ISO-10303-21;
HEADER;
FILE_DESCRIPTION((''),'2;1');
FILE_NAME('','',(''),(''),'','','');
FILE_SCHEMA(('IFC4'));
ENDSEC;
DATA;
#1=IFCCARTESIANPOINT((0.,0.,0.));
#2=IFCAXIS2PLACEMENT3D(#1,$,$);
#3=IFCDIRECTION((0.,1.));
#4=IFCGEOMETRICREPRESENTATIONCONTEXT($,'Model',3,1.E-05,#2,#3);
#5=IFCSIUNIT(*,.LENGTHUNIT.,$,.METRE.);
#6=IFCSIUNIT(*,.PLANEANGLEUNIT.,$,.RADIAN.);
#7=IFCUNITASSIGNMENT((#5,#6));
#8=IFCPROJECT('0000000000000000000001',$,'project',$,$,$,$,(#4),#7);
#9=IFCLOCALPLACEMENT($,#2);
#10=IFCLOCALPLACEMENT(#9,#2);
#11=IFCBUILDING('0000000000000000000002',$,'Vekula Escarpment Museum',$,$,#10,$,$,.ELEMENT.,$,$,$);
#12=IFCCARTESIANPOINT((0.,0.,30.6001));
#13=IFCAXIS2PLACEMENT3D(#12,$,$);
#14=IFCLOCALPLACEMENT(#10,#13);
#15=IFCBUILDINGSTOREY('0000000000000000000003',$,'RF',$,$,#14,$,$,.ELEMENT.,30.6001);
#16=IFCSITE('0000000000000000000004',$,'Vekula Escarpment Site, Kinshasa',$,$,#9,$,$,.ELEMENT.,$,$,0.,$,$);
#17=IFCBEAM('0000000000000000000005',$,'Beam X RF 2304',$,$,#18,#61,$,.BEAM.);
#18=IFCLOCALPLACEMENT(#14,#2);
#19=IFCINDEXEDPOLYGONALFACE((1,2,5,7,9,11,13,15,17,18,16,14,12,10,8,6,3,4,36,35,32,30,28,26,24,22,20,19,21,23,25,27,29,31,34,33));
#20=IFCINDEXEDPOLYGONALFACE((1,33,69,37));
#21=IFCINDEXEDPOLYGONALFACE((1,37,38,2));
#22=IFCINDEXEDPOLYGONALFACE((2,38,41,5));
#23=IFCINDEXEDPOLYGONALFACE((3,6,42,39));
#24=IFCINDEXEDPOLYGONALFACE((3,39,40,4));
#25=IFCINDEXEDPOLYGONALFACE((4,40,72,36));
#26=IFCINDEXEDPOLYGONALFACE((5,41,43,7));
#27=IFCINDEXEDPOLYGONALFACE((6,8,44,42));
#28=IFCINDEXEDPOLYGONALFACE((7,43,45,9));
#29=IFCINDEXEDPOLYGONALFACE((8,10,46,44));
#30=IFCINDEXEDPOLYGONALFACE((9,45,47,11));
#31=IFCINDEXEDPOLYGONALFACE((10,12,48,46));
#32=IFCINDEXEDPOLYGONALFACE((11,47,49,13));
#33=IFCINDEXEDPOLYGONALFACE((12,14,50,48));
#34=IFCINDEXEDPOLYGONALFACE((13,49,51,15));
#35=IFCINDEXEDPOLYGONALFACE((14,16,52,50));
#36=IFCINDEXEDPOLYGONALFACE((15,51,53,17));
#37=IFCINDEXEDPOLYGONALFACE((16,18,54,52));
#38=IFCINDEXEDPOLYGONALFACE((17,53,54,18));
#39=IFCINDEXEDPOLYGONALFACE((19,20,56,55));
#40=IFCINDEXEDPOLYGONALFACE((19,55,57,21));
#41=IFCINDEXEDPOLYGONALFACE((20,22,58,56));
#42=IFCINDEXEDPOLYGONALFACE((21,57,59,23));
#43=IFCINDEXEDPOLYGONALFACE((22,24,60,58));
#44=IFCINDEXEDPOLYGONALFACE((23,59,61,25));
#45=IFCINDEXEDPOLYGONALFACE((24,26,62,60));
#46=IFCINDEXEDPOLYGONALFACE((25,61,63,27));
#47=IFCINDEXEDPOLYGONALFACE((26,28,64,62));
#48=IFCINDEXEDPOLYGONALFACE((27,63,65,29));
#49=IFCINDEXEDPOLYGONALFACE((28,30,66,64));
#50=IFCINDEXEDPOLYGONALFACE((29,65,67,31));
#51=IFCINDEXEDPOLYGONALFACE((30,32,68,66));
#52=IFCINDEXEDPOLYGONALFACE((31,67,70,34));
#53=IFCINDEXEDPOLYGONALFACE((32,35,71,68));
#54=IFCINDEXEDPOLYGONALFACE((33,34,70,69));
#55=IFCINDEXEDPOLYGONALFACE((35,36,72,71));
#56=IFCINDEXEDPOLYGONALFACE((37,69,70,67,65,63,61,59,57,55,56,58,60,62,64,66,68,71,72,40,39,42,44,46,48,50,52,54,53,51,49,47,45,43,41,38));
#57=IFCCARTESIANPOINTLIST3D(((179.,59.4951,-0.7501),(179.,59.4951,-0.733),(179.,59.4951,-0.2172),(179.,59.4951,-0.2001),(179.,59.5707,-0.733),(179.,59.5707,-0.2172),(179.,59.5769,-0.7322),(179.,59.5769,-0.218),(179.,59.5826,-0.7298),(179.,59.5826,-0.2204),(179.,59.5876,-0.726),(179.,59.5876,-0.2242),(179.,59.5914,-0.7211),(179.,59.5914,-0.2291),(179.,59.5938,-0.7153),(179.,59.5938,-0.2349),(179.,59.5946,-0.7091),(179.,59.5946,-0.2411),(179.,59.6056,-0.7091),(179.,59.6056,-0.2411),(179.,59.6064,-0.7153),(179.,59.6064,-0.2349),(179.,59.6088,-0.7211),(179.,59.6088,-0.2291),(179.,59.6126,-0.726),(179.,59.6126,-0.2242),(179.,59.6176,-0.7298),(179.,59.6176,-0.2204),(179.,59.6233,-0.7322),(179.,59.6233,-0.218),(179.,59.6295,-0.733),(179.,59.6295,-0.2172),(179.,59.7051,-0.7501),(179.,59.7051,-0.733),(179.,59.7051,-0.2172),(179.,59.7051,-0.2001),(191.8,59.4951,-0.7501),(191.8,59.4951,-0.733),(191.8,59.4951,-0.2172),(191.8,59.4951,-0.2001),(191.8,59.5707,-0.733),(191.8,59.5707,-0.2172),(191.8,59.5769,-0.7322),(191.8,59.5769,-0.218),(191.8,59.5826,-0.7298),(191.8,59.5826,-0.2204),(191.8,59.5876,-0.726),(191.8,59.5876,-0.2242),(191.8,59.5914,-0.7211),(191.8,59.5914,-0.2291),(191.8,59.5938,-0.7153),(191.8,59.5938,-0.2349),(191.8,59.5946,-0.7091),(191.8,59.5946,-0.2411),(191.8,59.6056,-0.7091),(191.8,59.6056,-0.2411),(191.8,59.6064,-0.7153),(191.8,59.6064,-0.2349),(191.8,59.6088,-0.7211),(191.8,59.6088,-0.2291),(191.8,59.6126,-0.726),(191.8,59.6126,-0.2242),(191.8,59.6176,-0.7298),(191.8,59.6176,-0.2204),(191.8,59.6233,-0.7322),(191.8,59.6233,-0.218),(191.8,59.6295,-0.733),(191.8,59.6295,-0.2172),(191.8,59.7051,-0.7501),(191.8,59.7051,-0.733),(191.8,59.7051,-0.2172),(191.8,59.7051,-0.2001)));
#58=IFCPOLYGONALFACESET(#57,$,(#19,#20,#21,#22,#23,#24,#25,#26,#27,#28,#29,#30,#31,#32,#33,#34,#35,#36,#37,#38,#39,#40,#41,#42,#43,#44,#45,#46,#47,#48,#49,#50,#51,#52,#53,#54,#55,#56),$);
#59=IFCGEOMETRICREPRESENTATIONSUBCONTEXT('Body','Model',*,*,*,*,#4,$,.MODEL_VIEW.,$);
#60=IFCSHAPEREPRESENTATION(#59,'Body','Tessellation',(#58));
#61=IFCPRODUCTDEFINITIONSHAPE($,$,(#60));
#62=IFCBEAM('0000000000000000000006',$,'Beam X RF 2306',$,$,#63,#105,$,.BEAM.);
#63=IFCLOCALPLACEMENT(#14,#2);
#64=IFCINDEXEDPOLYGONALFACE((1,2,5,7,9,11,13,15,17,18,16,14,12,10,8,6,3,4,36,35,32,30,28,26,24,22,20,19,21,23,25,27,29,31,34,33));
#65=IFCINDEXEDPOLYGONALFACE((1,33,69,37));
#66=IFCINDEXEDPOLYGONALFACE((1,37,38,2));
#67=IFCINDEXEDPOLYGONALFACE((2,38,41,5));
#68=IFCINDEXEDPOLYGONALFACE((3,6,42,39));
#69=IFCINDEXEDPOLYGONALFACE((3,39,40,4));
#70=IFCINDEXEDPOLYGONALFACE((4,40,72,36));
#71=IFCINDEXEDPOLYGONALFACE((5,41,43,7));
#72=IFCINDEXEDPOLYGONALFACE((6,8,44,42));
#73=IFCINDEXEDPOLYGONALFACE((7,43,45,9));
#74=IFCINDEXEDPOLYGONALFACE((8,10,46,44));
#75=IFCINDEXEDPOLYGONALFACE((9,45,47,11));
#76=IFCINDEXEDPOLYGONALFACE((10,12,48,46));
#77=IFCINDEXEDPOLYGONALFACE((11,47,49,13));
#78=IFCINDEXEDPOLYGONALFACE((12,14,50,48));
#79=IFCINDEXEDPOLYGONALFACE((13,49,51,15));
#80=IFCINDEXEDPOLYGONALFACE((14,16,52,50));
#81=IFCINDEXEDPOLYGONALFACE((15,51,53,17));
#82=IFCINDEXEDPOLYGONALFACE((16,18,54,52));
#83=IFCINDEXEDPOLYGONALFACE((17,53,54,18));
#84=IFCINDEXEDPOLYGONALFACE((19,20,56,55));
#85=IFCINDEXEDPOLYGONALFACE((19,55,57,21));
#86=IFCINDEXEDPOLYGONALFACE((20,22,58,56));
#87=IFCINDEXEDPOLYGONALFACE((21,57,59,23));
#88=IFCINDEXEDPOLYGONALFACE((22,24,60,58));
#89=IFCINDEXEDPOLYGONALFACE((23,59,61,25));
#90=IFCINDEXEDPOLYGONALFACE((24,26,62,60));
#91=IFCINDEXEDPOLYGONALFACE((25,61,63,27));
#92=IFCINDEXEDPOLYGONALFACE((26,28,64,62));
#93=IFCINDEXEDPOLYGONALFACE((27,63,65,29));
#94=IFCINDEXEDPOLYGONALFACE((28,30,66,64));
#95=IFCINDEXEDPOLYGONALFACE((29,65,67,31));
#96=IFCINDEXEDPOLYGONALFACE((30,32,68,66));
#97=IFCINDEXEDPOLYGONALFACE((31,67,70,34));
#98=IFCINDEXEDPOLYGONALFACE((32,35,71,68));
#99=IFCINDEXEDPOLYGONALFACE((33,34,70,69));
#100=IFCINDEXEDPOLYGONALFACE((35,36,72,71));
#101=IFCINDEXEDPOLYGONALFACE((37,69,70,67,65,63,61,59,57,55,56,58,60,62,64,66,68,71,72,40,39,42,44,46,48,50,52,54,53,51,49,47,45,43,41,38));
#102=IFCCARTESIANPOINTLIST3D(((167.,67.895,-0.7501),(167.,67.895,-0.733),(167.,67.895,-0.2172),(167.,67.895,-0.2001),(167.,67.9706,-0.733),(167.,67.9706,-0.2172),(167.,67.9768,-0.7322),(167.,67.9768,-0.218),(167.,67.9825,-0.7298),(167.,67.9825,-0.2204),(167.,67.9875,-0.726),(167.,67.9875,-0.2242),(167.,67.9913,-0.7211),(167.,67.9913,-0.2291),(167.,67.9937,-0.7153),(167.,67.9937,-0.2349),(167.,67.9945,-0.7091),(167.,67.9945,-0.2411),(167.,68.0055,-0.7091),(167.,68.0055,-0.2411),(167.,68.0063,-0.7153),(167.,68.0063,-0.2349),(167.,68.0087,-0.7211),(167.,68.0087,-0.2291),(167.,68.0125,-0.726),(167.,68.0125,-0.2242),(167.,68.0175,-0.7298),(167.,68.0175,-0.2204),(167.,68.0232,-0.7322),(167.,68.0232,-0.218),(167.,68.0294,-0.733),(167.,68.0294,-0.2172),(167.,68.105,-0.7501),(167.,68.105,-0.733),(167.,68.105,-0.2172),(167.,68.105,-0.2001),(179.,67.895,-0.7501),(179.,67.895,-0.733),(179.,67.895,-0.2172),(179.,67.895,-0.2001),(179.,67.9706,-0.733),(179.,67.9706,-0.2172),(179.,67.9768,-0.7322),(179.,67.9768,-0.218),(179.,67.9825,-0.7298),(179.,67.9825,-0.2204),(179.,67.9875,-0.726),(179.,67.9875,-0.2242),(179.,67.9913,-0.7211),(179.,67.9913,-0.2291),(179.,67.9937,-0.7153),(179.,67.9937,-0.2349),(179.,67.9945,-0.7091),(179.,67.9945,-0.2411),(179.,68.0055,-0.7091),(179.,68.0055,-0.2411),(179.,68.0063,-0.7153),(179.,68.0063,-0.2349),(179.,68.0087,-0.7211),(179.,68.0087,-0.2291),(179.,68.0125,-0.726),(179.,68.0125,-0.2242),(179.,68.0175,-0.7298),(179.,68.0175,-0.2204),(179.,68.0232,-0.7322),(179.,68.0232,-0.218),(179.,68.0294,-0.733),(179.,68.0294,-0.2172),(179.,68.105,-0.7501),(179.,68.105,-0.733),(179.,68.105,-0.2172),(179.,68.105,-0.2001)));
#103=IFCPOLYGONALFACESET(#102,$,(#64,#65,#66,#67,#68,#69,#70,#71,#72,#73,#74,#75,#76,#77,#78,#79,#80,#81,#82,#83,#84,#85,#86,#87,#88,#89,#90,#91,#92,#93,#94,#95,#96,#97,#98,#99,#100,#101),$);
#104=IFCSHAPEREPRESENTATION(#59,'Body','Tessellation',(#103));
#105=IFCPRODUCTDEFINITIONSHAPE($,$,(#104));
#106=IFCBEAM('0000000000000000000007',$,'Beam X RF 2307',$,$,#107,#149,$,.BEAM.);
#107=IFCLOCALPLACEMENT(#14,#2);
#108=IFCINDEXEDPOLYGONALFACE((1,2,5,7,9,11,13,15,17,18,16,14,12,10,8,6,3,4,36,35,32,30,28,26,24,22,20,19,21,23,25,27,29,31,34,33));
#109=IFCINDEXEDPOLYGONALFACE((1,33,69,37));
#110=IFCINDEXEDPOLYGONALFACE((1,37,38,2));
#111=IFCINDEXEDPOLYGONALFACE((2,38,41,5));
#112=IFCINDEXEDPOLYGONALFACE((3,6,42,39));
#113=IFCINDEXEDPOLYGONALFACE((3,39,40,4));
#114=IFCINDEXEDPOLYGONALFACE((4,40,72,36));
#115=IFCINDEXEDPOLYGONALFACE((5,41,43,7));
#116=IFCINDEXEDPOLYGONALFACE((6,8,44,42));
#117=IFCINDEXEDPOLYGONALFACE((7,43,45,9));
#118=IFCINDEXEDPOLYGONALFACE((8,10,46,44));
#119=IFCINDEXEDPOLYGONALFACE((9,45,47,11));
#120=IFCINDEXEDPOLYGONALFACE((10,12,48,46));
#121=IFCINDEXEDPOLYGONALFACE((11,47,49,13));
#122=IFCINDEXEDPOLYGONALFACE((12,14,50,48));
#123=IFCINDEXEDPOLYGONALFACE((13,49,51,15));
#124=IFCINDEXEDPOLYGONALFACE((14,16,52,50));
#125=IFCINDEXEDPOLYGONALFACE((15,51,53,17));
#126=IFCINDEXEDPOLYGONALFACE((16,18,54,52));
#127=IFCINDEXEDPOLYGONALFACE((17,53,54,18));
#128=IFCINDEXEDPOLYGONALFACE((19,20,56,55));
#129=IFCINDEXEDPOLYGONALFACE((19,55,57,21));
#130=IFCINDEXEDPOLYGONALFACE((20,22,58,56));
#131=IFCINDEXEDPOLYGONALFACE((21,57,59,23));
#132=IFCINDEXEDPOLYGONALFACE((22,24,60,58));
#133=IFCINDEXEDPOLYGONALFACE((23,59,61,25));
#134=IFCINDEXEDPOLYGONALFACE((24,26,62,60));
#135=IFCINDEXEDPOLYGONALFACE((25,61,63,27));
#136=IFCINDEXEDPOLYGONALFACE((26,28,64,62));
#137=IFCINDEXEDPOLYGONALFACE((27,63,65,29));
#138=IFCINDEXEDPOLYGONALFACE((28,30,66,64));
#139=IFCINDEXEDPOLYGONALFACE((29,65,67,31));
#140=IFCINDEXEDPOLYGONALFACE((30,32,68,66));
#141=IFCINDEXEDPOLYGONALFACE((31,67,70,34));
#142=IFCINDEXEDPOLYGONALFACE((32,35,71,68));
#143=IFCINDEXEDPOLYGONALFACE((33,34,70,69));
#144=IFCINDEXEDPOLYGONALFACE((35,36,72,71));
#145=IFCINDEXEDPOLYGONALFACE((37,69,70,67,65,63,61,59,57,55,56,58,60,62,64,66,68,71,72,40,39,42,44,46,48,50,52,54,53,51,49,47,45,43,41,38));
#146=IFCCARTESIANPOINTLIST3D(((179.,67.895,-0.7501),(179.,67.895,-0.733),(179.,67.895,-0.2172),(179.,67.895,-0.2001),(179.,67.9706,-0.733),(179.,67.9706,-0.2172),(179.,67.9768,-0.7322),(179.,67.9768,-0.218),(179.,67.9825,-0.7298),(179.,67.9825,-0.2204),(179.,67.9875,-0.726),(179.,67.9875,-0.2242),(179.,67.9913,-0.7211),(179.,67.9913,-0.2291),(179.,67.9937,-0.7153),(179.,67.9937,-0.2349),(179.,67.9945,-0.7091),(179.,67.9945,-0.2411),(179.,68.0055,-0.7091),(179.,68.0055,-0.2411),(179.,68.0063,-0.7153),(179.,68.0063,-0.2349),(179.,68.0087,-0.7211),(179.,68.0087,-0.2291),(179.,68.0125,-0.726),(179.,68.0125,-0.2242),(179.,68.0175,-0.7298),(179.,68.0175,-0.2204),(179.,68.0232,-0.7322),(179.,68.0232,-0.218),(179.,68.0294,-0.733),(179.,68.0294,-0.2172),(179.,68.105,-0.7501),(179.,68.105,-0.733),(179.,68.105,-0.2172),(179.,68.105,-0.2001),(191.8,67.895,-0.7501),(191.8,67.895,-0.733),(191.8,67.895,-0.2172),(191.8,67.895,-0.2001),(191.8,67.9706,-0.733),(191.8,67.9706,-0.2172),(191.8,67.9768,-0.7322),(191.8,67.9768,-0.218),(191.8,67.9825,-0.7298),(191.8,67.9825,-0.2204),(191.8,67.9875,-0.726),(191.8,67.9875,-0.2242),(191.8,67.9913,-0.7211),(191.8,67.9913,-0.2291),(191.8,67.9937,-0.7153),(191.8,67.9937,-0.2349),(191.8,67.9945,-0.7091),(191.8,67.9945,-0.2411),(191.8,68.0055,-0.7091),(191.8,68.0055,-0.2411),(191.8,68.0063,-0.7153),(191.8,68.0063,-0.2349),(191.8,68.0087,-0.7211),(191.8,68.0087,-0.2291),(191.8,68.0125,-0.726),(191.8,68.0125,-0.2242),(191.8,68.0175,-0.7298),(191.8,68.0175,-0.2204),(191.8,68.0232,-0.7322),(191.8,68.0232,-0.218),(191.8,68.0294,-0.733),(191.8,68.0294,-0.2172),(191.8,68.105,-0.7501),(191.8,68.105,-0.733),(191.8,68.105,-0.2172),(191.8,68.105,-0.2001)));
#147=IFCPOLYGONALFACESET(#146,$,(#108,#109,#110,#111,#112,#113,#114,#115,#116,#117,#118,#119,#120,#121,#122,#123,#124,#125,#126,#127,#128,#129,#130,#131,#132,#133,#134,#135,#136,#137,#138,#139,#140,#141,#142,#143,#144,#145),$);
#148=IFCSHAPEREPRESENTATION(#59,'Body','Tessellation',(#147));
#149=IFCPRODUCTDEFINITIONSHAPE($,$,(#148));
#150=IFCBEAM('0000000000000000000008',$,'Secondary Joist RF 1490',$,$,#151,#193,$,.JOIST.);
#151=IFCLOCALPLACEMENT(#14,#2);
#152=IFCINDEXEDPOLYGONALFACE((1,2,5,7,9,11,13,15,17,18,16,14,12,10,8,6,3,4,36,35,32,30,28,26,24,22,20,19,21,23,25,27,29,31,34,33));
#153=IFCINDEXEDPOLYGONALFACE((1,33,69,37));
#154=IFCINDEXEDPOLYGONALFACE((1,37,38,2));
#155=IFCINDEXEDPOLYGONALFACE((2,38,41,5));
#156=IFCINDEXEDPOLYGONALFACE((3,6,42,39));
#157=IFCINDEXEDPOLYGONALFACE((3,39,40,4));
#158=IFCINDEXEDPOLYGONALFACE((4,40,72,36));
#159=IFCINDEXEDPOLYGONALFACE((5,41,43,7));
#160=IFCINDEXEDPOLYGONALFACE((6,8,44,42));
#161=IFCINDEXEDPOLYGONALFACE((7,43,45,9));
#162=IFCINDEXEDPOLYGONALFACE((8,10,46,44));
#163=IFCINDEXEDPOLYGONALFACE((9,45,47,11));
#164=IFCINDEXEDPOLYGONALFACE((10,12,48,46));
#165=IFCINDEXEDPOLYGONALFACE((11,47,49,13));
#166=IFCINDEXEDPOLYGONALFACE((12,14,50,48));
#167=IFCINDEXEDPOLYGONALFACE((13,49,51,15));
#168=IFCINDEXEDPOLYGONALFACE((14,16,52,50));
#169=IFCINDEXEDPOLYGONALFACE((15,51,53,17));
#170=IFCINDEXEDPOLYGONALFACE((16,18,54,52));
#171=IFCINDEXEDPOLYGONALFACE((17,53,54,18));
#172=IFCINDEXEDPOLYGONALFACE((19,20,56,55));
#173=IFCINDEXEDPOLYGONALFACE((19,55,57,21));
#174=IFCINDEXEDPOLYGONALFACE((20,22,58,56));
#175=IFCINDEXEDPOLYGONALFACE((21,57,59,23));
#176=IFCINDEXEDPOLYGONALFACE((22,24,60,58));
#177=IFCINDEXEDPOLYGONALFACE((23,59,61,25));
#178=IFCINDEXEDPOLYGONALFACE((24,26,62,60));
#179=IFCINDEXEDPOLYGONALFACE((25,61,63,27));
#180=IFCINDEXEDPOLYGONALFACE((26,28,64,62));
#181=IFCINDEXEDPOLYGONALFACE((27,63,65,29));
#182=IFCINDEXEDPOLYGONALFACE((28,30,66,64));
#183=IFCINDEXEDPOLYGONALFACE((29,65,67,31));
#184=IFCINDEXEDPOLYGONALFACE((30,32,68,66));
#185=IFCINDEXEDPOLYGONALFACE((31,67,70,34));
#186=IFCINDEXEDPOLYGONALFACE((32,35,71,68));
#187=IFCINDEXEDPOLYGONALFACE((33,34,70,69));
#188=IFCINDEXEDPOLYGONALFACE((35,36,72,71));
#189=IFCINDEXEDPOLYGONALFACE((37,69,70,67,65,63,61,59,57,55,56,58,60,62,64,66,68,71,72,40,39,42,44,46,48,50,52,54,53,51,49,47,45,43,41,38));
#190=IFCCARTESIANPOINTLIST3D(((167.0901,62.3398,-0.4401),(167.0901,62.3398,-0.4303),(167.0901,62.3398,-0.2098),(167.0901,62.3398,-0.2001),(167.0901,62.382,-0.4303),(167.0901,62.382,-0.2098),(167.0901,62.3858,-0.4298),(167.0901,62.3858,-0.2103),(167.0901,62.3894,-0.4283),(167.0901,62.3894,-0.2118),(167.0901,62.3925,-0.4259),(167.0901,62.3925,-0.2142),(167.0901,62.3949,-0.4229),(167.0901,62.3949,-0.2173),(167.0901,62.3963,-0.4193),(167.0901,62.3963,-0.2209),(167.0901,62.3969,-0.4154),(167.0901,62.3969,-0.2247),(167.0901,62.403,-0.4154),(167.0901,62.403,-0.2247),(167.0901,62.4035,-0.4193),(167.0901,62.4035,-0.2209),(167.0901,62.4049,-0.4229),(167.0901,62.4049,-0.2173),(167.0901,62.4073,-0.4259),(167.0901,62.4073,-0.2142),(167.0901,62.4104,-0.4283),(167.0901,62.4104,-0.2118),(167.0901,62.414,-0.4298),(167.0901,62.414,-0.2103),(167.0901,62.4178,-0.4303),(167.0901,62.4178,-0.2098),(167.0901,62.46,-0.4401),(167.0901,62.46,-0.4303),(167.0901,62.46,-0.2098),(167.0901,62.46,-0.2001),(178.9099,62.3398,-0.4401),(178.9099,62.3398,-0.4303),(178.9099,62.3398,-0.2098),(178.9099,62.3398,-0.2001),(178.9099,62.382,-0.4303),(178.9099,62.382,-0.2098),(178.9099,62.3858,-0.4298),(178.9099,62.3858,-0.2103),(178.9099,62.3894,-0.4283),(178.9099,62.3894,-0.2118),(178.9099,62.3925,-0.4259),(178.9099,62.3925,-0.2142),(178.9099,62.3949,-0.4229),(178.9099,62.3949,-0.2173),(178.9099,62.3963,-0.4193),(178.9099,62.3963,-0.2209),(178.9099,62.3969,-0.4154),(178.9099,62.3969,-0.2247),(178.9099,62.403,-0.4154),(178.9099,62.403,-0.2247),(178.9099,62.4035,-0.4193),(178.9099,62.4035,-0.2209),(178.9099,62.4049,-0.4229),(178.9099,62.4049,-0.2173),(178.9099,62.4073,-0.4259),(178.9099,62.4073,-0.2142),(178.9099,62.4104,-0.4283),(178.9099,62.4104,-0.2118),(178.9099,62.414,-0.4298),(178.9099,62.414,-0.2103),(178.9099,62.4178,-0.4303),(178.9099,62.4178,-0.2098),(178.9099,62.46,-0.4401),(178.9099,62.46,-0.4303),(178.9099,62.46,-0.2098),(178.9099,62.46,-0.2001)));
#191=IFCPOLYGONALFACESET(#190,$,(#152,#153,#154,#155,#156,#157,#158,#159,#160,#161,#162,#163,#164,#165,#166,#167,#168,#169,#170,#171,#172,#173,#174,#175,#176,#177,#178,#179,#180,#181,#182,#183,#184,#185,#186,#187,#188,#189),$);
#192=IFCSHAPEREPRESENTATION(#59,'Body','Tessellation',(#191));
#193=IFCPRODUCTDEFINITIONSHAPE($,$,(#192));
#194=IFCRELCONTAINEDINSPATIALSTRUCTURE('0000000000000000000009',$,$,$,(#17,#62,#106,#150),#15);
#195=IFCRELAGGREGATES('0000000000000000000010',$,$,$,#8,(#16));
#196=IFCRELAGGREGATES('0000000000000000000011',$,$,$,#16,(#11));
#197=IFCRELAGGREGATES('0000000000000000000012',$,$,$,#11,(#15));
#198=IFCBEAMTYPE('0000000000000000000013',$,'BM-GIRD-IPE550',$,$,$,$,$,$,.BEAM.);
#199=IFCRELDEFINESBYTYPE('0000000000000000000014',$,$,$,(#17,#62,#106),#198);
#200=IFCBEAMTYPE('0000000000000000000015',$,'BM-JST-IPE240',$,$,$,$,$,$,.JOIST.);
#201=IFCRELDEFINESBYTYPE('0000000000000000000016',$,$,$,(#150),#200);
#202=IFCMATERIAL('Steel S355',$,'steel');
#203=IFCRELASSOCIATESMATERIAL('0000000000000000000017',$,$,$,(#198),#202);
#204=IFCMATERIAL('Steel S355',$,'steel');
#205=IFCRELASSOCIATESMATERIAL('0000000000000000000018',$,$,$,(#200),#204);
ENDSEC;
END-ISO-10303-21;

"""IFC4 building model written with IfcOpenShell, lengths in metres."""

from ifc_helpers import new_model, si_unit, direction, frame, origin, origin_2d, place, context, subcontext, project, spatial, i_section, extrude, material, material_profile, profile_set, type_object, element, save


model = new_model("IFC4")

# Units and contexts
model_context = context("Model", 3, precision=1e-05, world=origin(), true_north=direction((0.0, 1.0)))
body_context = subcontext(model_context, "Body", "Model", "MODEL_VIEW")
ifc_project = project(units=[si_unit("LENGTHUNIT", "METRE"), si_unit("PLANEANGLEUNIT", "RADIAN")], contexts=[model_context])

# Site, building, storey
site_placement = place(None, origin())
site = spatial("IfcSite", under=ifc_project, at=site_placement, Name="Vekula Escarpment Site, Kinshasa", CompositionType="ELEMENT", RefElevation=0.0)
building_placement = place(site_placement, origin())
building = spatial("IfcBuilding", under=site, at=building_placement, Name="Vekula Escarpment Museum", CompositionType="ELEMENT")
storey_placement = place(building_placement, frame((0.0, 0.0, 30.6001)))
storey = spatial("IfcBuildingStorey", under=building, at=storey_placement, Name="RF", CompositionType="ELEMENT", Elevation=30.6001)

# Beams
ifc_material_1 = material(Name="Steel S355", Category="steel")
ifc_material_profile_1 = material_profile(ifc_material_1, i_section(OverallWidth=0.21, OverallDepth=0.55, WebThickness=0.011, FlangeThickness=0.0171, FilletRadius=0.0239, at=origin_2d()), Name="IPE 550")
ifc_profile_set_1 = profile_set([ifc_material_profile_1], Name="Steel S355")
beam_type_1 = type_object("IfcBeamType", Name="BM-GIRD-IPE550", PredefinedType="BEAM", material=ifc_profile_set_1)
beam_1_placement = place(storey_placement, frame((179.0, 59.6001, -0.4751), z_axis=(1.0, 0.0, 0.0), x_axis=(0.0, 1.0, 0.0)))
element("IfcBeam", 1, at=beam_1_placement, inside=storey, type_object=beam_type_1, Name="Beam X RF 2304", PredefinedType="BEAM", context=body_context, shape_type="SweptSolid", body=[
    extrude(i_section(OverallWidth=0.21, OverallDepth=0.55, WebThickness=0.011, FlangeThickness=0.0171, FilletRadius=0.0239, at=origin_2d()), origin(), (0.0, 0.0, 1.0), 12.8),
])
beam_2_placement = place(storey_placement, frame((167.0, 68.0, -0.4751), z_axis=(1.0, 0.0, 0.0), x_axis=(0.0, 1.0, 0.0)))
element("IfcBeam", 2, at=beam_2_placement, inside=storey, type_object=beam_type_1, Name="Beam X RF 2306", PredefinedType="BEAM", context=body_context, shape_type="SweptSolid", body=[
    extrude(i_section(OverallWidth=0.21, OverallDepth=0.55, WebThickness=0.011, FlangeThickness=0.0171, FilletRadius=0.0239, at=origin_2d()), origin(), (0.0, 0.0, 1.0), 12.0),
])
beam_3_placement = place(storey_placement, frame((179.0, 68.0, -0.4751), z_axis=(1.0, 0.0, 0.0), x_axis=(0.0, 1.0, 0.0)))
element("IfcBeam", 3, at=beam_3_placement, inside=storey, type_object=beam_type_1, Name="Beam X RF 2307", PredefinedType="BEAM", context=body_context, shape_type="SweptSolid", body=[
    extrude(i_section(OverallWidth=0.21, OverallDepth=0.55, WebThickness=0.011, FlangeThickness=0.0171, FilletRadius=0.0239, at=origin_2d()), origin(), (0.0, 0.0, 1.0), 12.8),
])
ifc_material_2 = material(Name="Steel S355", Category="steel")
ifc_material_profile_2 = material_profile(ifc_material_2, i_section(OverallWidth=0.1201, OverallDepth=0.24, WebThickness=0.0061, FlangeThickness=0.0098, FilletRadius=0.0149, at=origin_2d()), Name="IPE 240")
ifc_profile_set_2 = profile_set([ifc_material_profile_2], Name="Steel S355")
beam_type_2 = type_object("IfcBeamType", Name="BM-JST-IPE240", PredefinedType="JOIST", material=ifc_profile_set_2)
for number, where, z_axis, x_axis, name in (
    (4, (167.0901, 62.3999, -0.3201), (1.0, 0.0, 0.0), (0.0, 1.0, 0.0), "Secondary Joist RF 1490"),
):
    element("IfcBeam", number, at=place(storey_placement, frame(where, z_axis=z_axis, x_axis=x_axis)), inside=storey, type_object=beam_type_2, Name=name, PredefinedType="JOIST", context=body_context, shape_type="SweptSolid", body=[
        extrude(i_section(OverallWidth=0.1201, OverallDepth=0.24, WebThickness=0.0061, FlangeThickness=0.0098, FilletRadius=0.0149, at=origin_2d()), origin(), (0.0, 0.0, 1.0), 11.8198),
    ])

save(model, "model.ifc")
